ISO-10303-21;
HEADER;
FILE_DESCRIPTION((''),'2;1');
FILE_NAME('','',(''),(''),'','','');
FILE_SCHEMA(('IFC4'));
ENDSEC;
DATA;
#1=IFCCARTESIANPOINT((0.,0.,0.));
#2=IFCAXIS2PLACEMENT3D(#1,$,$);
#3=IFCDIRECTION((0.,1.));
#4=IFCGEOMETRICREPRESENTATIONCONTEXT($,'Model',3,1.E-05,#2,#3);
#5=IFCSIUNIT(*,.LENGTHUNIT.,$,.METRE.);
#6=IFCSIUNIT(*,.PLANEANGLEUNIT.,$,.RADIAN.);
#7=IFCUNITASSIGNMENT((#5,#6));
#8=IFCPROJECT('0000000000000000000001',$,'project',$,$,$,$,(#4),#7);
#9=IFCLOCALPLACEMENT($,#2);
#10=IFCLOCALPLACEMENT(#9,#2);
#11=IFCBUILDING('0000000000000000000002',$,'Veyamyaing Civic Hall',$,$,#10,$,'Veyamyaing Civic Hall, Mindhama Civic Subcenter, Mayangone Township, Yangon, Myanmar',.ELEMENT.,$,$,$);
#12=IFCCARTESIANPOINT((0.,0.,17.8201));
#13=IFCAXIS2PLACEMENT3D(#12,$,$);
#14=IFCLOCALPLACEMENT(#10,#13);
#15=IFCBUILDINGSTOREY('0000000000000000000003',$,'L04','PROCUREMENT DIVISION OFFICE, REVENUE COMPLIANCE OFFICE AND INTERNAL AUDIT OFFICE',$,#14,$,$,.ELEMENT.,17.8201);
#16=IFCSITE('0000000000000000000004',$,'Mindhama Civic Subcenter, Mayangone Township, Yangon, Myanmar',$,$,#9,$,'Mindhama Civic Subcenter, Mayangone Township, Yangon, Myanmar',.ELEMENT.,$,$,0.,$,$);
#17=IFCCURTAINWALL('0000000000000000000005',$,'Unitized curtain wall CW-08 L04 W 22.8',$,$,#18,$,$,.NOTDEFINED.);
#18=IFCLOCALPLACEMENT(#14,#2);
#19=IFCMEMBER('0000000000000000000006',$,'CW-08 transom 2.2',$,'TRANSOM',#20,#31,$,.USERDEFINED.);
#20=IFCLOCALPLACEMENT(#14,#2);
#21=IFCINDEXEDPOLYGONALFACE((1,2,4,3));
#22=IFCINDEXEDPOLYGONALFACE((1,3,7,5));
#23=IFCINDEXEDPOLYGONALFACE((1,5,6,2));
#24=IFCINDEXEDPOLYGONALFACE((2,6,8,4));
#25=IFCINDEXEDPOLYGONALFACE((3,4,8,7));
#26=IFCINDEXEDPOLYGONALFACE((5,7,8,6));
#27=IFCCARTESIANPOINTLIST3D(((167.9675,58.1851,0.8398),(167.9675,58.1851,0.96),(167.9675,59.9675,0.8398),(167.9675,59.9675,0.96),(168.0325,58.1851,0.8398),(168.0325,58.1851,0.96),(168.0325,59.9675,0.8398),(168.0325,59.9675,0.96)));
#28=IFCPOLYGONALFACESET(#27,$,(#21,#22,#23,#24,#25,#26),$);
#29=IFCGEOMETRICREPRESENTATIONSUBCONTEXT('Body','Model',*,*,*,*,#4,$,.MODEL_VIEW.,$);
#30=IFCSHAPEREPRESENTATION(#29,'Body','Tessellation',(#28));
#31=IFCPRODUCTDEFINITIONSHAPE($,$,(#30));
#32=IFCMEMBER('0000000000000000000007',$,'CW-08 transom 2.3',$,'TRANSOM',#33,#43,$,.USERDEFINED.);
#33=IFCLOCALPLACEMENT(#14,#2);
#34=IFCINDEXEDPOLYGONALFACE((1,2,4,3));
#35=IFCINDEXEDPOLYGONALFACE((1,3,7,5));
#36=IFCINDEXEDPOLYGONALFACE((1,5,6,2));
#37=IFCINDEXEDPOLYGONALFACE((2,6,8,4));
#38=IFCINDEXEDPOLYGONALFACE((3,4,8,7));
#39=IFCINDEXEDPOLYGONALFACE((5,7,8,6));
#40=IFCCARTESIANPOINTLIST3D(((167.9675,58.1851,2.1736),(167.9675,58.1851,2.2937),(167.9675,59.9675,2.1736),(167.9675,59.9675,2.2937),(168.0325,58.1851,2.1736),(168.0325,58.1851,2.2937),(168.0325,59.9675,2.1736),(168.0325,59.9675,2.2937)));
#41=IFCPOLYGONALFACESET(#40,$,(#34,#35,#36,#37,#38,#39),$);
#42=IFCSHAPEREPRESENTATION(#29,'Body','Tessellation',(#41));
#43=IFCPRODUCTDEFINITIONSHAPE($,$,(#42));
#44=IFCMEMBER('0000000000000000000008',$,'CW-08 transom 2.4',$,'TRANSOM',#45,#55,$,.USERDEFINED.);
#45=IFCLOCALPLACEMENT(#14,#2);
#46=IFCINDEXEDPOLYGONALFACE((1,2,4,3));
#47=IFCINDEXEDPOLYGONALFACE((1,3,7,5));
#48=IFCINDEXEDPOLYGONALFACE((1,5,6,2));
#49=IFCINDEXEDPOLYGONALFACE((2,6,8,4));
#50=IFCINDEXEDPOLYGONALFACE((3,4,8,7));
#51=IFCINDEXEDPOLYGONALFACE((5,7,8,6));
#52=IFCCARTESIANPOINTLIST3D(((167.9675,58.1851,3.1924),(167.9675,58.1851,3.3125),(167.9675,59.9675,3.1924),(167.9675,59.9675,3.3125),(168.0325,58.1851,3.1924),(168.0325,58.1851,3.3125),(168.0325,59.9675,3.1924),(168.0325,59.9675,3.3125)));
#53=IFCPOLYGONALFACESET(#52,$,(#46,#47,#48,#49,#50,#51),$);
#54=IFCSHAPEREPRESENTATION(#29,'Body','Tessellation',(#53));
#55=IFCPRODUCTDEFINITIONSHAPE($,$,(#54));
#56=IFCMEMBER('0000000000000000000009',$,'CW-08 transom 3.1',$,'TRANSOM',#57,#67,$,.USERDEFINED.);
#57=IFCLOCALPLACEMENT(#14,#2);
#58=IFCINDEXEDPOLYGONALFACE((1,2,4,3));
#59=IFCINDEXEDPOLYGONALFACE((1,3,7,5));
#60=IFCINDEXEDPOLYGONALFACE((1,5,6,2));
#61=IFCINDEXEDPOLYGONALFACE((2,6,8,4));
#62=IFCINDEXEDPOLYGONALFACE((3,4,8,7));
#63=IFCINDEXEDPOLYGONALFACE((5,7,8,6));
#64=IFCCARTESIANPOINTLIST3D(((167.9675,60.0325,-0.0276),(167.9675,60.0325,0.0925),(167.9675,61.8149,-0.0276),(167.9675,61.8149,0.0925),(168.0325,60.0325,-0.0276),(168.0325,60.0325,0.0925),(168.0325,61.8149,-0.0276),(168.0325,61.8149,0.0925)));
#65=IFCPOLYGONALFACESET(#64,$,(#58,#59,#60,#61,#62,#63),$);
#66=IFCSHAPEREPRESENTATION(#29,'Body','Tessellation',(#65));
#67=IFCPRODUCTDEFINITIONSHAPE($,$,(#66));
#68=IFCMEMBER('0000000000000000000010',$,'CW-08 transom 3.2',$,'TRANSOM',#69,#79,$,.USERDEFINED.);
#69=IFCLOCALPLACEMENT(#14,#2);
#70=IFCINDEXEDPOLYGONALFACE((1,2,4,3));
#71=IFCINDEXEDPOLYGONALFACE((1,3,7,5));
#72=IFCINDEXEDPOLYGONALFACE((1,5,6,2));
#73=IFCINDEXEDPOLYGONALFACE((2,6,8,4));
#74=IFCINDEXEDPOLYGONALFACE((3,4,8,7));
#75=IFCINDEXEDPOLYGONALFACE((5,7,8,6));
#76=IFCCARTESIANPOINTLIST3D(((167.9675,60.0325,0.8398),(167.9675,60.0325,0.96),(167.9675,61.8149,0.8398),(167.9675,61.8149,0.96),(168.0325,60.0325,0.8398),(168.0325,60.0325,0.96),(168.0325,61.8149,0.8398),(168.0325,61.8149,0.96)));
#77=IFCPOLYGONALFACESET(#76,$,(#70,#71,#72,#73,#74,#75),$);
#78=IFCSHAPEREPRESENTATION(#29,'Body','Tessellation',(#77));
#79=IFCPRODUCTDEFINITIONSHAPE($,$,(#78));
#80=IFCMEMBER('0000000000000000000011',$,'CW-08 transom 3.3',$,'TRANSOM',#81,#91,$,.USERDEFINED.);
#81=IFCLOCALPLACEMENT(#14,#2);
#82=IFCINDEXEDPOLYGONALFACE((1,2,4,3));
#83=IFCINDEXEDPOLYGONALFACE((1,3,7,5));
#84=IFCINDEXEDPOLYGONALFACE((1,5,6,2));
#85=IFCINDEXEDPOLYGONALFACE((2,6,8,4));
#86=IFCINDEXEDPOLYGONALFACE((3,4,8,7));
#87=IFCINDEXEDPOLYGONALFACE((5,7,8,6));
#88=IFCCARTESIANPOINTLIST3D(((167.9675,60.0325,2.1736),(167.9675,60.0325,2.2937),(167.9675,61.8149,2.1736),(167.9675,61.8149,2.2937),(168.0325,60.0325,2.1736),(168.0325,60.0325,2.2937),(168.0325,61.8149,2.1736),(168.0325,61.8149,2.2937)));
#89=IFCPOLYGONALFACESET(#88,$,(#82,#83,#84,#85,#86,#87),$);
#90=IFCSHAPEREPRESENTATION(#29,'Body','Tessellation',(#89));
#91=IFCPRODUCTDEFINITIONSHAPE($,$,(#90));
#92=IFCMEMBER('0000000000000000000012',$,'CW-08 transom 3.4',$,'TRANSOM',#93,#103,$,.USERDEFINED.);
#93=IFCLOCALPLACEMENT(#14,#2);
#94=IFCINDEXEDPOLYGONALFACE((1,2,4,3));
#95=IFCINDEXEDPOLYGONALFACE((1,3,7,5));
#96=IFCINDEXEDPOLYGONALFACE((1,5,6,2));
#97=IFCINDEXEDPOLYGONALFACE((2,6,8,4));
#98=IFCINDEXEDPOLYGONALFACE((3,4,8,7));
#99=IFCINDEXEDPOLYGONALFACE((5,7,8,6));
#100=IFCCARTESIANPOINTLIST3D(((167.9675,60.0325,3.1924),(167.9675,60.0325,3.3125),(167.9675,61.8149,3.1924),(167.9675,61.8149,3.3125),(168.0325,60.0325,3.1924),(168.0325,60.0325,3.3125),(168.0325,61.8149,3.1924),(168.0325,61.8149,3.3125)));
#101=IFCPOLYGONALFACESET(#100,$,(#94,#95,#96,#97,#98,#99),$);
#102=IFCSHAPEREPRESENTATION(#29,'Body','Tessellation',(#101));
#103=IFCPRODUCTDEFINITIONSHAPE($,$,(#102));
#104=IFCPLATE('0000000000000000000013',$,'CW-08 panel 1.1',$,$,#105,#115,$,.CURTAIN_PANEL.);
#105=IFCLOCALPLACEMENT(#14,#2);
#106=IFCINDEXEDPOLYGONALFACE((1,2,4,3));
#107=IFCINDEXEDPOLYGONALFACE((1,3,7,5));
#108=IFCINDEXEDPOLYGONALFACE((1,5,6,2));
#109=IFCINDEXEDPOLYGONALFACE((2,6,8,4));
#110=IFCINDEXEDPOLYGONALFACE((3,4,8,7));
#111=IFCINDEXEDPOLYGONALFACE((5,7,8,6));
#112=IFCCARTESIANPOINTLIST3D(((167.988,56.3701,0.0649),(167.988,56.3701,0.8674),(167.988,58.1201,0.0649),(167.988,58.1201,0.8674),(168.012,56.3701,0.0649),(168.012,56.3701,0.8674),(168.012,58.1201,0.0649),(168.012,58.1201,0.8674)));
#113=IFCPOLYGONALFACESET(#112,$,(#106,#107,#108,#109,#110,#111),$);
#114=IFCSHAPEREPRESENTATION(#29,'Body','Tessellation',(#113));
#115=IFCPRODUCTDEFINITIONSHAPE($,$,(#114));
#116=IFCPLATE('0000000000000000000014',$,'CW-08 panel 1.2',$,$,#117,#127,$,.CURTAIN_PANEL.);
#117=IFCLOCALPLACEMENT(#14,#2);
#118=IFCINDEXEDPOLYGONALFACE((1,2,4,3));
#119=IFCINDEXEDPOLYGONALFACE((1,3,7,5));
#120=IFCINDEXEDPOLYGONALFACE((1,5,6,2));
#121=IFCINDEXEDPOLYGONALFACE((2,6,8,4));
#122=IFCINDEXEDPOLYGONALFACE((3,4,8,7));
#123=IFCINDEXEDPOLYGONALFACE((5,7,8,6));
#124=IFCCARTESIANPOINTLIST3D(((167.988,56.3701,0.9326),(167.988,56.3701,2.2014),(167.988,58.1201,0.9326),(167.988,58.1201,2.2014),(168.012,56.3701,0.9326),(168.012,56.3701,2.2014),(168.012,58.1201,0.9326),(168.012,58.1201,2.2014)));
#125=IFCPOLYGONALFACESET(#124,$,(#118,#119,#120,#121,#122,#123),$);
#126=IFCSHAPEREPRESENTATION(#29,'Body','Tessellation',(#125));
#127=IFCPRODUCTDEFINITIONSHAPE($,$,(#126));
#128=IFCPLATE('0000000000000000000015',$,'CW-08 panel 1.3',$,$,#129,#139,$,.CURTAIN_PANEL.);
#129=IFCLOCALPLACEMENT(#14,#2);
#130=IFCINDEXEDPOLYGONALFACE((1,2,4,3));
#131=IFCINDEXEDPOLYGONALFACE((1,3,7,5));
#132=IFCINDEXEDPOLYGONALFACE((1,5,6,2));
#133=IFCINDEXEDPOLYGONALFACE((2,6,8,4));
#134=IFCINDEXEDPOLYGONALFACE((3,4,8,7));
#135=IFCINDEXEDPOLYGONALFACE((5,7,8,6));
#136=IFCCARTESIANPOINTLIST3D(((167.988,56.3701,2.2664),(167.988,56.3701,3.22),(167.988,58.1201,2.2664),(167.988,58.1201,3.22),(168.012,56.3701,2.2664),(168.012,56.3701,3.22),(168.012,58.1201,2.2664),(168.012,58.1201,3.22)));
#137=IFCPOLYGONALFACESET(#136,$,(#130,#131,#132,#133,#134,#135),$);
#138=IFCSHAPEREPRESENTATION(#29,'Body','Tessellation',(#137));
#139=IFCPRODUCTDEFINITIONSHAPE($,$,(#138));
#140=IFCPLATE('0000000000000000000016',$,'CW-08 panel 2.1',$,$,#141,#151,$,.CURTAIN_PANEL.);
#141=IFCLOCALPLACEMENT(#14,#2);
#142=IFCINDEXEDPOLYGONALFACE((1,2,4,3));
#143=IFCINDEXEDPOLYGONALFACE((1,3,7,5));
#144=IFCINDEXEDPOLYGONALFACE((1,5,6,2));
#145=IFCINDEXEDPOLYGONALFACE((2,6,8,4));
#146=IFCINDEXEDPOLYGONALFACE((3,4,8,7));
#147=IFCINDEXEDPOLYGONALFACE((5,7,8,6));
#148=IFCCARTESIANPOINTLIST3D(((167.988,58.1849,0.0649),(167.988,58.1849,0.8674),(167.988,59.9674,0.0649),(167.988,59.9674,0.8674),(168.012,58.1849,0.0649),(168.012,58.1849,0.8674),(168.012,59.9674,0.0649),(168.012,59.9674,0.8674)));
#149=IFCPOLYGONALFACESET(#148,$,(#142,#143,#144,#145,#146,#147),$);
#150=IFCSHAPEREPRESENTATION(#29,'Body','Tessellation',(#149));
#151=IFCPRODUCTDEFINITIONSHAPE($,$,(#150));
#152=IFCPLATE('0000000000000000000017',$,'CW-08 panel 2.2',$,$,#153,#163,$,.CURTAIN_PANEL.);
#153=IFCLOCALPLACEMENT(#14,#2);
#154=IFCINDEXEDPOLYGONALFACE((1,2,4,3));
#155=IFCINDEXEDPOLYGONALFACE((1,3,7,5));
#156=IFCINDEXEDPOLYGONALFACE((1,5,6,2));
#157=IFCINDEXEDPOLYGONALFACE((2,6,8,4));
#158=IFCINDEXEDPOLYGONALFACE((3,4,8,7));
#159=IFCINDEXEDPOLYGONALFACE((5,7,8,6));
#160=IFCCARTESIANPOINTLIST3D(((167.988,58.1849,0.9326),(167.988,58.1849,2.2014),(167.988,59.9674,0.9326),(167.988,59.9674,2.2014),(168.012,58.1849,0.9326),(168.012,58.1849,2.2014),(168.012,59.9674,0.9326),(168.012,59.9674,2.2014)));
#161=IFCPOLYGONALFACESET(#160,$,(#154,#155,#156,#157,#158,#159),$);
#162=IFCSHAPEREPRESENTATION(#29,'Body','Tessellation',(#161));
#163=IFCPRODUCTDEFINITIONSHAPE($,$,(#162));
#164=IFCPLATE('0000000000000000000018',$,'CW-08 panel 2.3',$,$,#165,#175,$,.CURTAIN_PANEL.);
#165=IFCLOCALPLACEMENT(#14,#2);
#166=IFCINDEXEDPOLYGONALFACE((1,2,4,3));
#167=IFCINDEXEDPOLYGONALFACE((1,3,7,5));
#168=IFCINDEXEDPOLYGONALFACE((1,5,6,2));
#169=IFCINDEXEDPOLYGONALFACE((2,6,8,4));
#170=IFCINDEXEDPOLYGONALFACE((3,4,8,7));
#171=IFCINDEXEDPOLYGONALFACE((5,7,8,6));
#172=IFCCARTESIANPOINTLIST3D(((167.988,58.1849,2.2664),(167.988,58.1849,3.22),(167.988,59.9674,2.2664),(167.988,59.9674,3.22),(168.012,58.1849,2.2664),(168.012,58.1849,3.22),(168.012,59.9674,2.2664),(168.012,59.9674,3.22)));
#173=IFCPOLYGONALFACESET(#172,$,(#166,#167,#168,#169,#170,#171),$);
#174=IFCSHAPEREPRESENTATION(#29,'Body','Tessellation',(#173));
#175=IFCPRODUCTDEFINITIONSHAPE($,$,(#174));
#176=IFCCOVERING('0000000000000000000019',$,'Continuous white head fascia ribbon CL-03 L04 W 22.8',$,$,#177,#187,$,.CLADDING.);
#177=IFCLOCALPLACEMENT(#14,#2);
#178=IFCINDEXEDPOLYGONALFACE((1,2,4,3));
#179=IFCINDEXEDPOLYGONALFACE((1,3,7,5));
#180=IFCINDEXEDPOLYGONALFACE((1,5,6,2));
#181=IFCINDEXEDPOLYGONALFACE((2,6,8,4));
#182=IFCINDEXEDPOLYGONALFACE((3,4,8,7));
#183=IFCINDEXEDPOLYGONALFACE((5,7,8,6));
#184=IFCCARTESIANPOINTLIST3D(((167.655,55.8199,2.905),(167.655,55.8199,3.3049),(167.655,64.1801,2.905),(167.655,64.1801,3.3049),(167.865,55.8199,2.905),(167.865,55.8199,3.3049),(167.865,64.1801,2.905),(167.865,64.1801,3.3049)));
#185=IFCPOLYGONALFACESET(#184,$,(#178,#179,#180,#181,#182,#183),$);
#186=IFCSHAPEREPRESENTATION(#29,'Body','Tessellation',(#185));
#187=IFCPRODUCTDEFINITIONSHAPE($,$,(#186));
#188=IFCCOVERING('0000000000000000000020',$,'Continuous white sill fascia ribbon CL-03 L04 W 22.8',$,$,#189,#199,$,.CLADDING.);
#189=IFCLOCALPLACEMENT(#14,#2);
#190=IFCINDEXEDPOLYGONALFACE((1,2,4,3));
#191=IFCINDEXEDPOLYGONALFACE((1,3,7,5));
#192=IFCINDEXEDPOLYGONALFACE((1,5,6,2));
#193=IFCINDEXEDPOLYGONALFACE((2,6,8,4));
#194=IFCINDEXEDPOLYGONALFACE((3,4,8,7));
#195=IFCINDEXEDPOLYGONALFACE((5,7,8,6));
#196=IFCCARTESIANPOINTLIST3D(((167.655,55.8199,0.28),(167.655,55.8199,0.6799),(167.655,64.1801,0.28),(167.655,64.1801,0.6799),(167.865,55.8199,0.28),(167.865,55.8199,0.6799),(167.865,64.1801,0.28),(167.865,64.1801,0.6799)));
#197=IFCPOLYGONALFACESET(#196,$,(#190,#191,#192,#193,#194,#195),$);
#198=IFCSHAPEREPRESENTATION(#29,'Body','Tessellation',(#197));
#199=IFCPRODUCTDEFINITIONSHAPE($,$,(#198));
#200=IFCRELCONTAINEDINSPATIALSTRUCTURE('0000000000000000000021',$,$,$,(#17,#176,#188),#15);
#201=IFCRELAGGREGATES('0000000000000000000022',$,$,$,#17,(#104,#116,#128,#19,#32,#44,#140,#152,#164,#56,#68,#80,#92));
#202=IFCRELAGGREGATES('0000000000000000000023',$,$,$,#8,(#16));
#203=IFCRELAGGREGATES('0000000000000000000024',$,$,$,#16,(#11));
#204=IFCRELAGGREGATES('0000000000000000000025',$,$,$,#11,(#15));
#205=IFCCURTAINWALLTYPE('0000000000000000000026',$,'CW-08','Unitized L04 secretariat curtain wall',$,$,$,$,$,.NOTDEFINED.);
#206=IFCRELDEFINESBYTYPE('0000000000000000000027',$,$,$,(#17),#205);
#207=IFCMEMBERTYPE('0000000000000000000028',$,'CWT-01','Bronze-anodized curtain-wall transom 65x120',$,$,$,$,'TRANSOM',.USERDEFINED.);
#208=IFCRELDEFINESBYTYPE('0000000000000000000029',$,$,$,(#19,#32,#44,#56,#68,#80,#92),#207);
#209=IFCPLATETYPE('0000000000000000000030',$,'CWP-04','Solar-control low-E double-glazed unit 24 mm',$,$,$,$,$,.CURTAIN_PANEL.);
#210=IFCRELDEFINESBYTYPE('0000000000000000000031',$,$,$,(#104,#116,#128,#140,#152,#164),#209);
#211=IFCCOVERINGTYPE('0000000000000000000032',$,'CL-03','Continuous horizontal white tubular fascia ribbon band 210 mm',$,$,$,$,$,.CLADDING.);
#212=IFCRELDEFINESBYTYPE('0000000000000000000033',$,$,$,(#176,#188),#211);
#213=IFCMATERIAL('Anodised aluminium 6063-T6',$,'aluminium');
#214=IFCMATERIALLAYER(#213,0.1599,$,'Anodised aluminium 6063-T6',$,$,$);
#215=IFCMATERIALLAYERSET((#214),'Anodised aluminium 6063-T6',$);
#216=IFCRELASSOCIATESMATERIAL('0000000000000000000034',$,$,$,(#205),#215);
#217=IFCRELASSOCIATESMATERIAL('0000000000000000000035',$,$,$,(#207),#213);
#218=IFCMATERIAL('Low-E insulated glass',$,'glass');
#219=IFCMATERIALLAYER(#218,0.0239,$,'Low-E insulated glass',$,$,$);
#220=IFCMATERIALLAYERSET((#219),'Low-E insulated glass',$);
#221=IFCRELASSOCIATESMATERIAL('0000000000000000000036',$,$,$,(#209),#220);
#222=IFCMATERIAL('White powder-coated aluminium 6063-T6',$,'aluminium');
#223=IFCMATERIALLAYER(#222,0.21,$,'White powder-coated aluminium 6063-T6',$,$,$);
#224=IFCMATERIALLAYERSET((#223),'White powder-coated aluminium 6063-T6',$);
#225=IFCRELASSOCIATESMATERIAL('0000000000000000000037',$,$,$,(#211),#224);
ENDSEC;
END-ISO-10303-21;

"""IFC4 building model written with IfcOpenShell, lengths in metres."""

from ifc_helpers import new_model, si_unit, direction, frame, origin, origin_2d, place, context, subcontext, project, spatial, rectangle, extrude, material, layer, layer_set, material_profile, profile_set, type_object, element, aggregate, save


model = new_model("IFC4")

# Units and contexts
model_context = context("Model", 3, precision=1e-05, world=origin(), true_north=direction((0.0, 1.0)))
body_context = subcontext(model_context, "Body", "Model", "MODEL_VIEW")
ifc_project = project(units=[si_unit("LENGTHUNIT", "METRE"), si_unit("PLANEANGLEUNIT", "RADIAN")], contexts=[model_context])

# Site, building, storey
site_placement = place(None, origin())
site = spatial("IfcSite", under=ifc_project, at=site_placement, Name="Mindhama Civic Subcenter, Mayangone Township, Yangon, Myanmar", LongName="Mindhama Civic Subcenter, Mayangone Township, Yangon, Myanmar", CompositionType="ELEMENT", RefElevation=0.0)
building_placement = place(site_placement, origin())
building = spatial("IfcBuilding", under=site, at=building_placement, Name="Veyamyaing Civic Hall", LongName="Veyamyaing Civic Hall, Mindhama Civic Subcenter, Mayangone Township, Yangon, Myanmar", CompositionType="ELEMENT")
storey_placement = place(building_placement, frame((0.0, 0.0, 17.8201)))
storey = spatial("IfcBuildingStorey", under=building, at=storey_placement, Name="L04", Description="PROCUREMENT DIVISION OFFICE, REVENUE COMPLIANCE OFFICE AND INTERNAL AUDIT OFFICE", CompositionType="ELEMENT", Elevation=17.8201)

# Curtain wall
ifc_material_1 = material(Name="Anodised aluminium 6063-T6", Category="aluminium")
ifc_layer_1 = layer(ifc_material_1, 0.1599, Name="Anodised aluminium 6063-T6")
ifc_layer_set_1 = layer_set([ifc_layer_1], Name="Anodised aluminium 6063-T6")
curtain_wall_type_1 = type_object("IfcCurtainWallType", Name="CW-08", Description="Unitized L04 secretariat curtain wall", PredefinedType="NOTDEFINED", material=ifc_layer_set_1)
curtain_wall_1_placement = place(storey_placement, origin())
curtain_wall_1 = element("IfcCurtainWall", 1, at=curtain_wall_1_placement, inside=storey, type_object=curtain_wall_type_1, Name="Unitized curtain wall CW-08 L04 W 22.8", PredefinedType="NOTDEFINED")

# Members
ifc_material_profile_1 = material_profile(ifc_material_1, rectangle(XDim=0.0649, YDim=0.1201, at=origin_2d()), Name="ALU-TRN-65X120")
ifc_profile_set_1 = profile_set([ifc_material_profile_1], Name="Anodised aluminium 6063-T6")
member_type_1 = type_object("IfcMemberType", Name="CWT-01", Description="Bronze-anodized curtain-wall transom 65x120", ElementType="TRANSOM", PredefinedType="USERDEFINED", material=ifc_profile_set_1)
member_1_placement = place(storey_placement, frame((168.0, 58.1851, 0.8999), z_axis=(0.0, 1.0, 0.0), x_axis=(-1.0, 0.0, 0.0)))
member_1 = element("IfcMember", 2, at=member_1_placement, type_object=member_type_1, Name="CW-08 transom 2.2", ObjectType="TRANSOM", PredefinedType="USERDEFINED", context=body_context, shape_type="SweptSolid", body=[
    extrude(rectangle(XDim=0.0649, YDim=0.1201, at=origin_2d()), origin(), (0.0, 0.0, 1.0), 1.7825),
])
member_2_placement = place(storey_placement, frame((168.0, 58.1851, 2.2336), z_axis=(0.0, 1.0, 0.0), x_axis=(-1.0, 0.0, 0.0)))
member_2 = element("IfcMember", 3, at=member_2_placement, type_object=member_type_1, Name="CW-08 transom 2.3", ObjectType="TRANSOM", PredefinedType="USERDEFINED", context=body_context, shape_type="SweptSolid", body=[
    extrude(rectangle(XDim=0.0649, YDim=0.1201, at=origin_2d()), origin(), (0.0, 0.0, 1.0), 1.7825),
])
member_3_placement = place(storey_placement, frame((168.0, 58.1851, 3.2524), z_axis=(0.0, 1.0, 0.0), x_axis=(-1.0, 0.0, 0.0)))
member_3 = element("IfcMember", 4, at=member_3_placement, type_object=member_type_1, Name="CW-08 transom 2.4", ObjectType="TRANSOM", PredefinedType="USERDEFINED", context=body_context, shape_type="SweptSolid", body=[
    extrude(rectangle(XDim=0.0649, YDim=0.1201, at=origin_2d()), origin(), (0.0, 0.0, 1.0), 1.7825),
])
member_4_placement = place(storey_placement, frame((168.0, 60.0325, 0.0325), z_axis=(0.0, 1.0, 0.0), x_axis=(-1.0, 0.0, 0.0)))
member_4 = element("IfcMember", 5, at=member_4_placement, type_object=member_type_1, Name="CW-08 transom 3.1", ObjectType="TRANSOM", PredefinedType="USERDEFINED", context=body_context, shape_type="SweptSolid", body=[
    extrude(rectangle(XDim=0.0649, YDim=0.1201, at=origin_2d()), origin(), (0.0, 0.0, 1.0), 1.7825),
])
member_5_placement = place(storey_placement, frame((168.0, 60.0325, 0.8999), z_axis=(0.0, 1.0, 0.0), x_axis=(-1.0, 0.0, 0.0)))
member_5 = element("IfcMember", 6, at=member_5_placement, type_object=member_type_1, Name="CW-08 transom 3.2", ObjectType="TRANSOM", PredefinedType="USERDEFINED", context=body_context, shape_type="SweptSolid", body=[
    extrude(rectangle(XDim=0.0649, YDim=0.1201, at=origin_2d()), origin(), (0.0, 0.0, 1.0), 1.7825),
])
member_6_placement = place(storey_placement, frame((168.0, 60.0325, 2.2336), z_axis=(0.0, 1.0, 0.0), x_axis=(-1.0, 0.0, 0.0)))
member_6 = element("IfcMember", 7, at=member_6_placement, type_object=member_type_1, Name="CW-08 transom 3.3", ObjectType="TRANSOM", PredefinedType="USERDEFINED", context=body_context, shape_type="SweptSolid", body=[
    extrude(rectangle(XDim=0.0649, YDim=0.1201, at=origin_2d()), origin(), (0.0, 0.0, 1.0), 1.7825),
])
member_7_placement = place(storey_placement, frame((168.0, 60.0325, 3.2524), z_axis=(0.0, 1.0, 0.0), x_axis=(-1.0, 0.0, 0.0)))
member_7 = element("IfcMember", 8, at=member_7_placement, type_object=member_type_1, Name="CW-08 transom 3.4", ObjectType="TRANSOM", PredefinedType="USERDEFINED", context=body_context, shape_type="SweptSolid", body=[
    extrude(rectangle(XDim=0.0649, YDim=0.1201, at=origin_2d()), origin(), (0.0, 0.0, 1.0), 1.7825),
])

# Plates
ifc_material_2 = material(Name="Low-E insulated glass", Category="glass")
ifc_layer_2 = layer(ifc_material_2, 0.0239, Name="Low-E insulated glass")
ifc_layer_set_2 = layer_set([ifc_layer_2], Name="Low-E insulated glass")
plate_type = type_object("IfcPlateType", Name="CWP-04", Description="Solar-control low-E double-glazed unit 24 mm", PredefinedType="CURTAIN_PANEL", material=ifc_layer_set_2)
plate_1_placement = place(storey_placement, frame((168.0, 57.2451, 0.0649), z_axis=(0.0, 0.0, 1.0), x_axis=(0.0, 1.0, 0.0)))
plate_1 = element("IfcPlate", 9, at=plate_1_placement, type_object=plate_type, Name="CW-08 panel 1.1", PredefinedType="CURTAIN_PANEL", context=body_context, shape_type="SweptSolid", body=[
    extrude(rectangle(XDim=1.75, YDim=0.0239, at=origin_2d()), origin(), (0.0, 0.0, 1.0), 0.8025),
])
plate_2_placement = place(storey_placement, frame((168.0, 57.2451, 0.9326), z_axis=(0.0, 0.0, 1.0), x_axis=(0.0, 1.0, 0.0)))
plate_2 = element("IfcPlate", 10, at=plate_2_placement, type_object=plate_type, Name="CW-08 panel 1.2", PredefinedType="CURTAIN_PANEL", context=body_context, shape_type="SweptSolid", body=[
    extrude(rectangle(XDim=1.75, YDim=0.0239, at=origin_2d()), origin(), (0.0, 0.0, 1.0), 1.2688),
])
plate_3_placement = place(storey_placement, frame((168.0, 57.2451, 2.2664), z_axis=(0.0, 0.0, 1.0), x_axis=(0.0, 1.0, 0.0)))
plate_3 = element("IfcPlate", 11, at=plate_3_placement, type_object=plate_type, Name="CW-08 panel 1.3", PredefinedType="CURTAIN_PANEL", context=body_context, shape_type="SweptSolid", body=[
    extrude(rectangle(XDim=1.75, YDim=0.0239, at=origin_2d()), origin(), (0.0, 0.0, 1.0), 0.9536),
])
plate_4_placement = place(storey_placement, frame((168.0, 59.0762, 0.0649), z_axis=(0.0, 0.0, 1.0), x_axis=(0.0, 1.0, 0.0)))
plate_4 = element("IfcPlate", 12, at=plate_4_placement, type_object=plate_type, Name="CW-08 panel 2.1", PredefinedType="CURTAIN_PANEL", context=body_context, shape_type="SweptSolid", body=[
    extrude(rectangle(XDim=1.7825, YDim=0.0239, at=origin_2d()), origin(), (0.0, 0.0, 1.0), 0.8025),
])
plate_5_placement = place(storey_placement, frame((168.0, 59.0762, 0.9326), z_axis=(0.0, 0.0, 1.0), x_axis=(0.0, 1.0, 0.0)))
plate_5 = element("IfcPlate", 13, at=plate_5_placement, type_object=plate_type, Name="CW-08 panel 2.2", PredefinedType="CURTAIN_PANEL", context=body_context, shape_type="SweptSolid", body=[
    extrude(rectangle(XDim=1.7825, YDim=0.0239, at=origin_2d()), origin(), (0.0, 0.0, 1.0), 1.2688),
])
plate_6_placement = place(storey_placement, frame((168.0, 59.0762, 2.2664), z_axis=(0.0, 0.0, 1.0), x_axis=(0.0, 1.0, 0.0)))
plate_6 = element("IfcPlate", 14, at=plate_6_placement, type_object=plate_type, Name="CW-08 panel 2.3", PredefinedType="CURTAIN_PANEL", context=body_context, shape_type="SweptSolid", body=[
    extrude(rectangle(XDim=1.7825, YDim=0.0239, at=origin_2d()), origin(), (0.0, 0.0, 1.0), 0.9536),
])
aggregate(curtain_wall_1, [plate_1, plate_2, plate_3, member_1, member_2, member_3, plate_4, plate_5, plate_6, member_4, member_5, member_6, member_7])

# Coverings
ifc_material_3 = material(Name="White powder-coated aluminium 6063-T6", Category="aluminium")
ifc_layer_3 = layer(ifc_material_3, 0.21, Name="White powder-coated aluminium 6063-T6")
ifc_layer_set_3 = layer_set([ifc_layer_3], Name="White powder-coated aluminium 6063-T6")
covering_type = type_object("IfcCoveringType", Name="CL-03", Description="Continuous horizontal white tubular fascia ribbon band 210 mm", PredefinedType="CLADDING", material=ifc_layer_set_3)
for number, where, z_axis, x_axis, name in (
    (15, (167.76, 60.0, 2.905), (0.0, 0.0, 1.0), (0.0, 1.0, 0.0), "Continuous white head fascia ribbon CL-03 L04 W 22.8"),
    (16, (167.76, 60.0, 0.28), (0.0, 0.0, 1.0), (0.0, 1.0, 0.0), "Continuous white sill fascia ribbon CL-03 L04 W 22.8"),
):
    element("IfcCovering", number, at=place(storey_placement, frame(where, z_axis=z_axis, x_axis=x_axis)), inside=storey, type_object=covering_type, Name=name, PredefinedType="CLADDING", context=body_context, shape_type="SweptSolid", body=[
        extrude(rectangle(XDim=8.3601, YDim=0.21, at=origin_2d()), origin(), (0.0, 0.0, 1.0), 0.3999),
    ])

save(model, "model.ifc")
